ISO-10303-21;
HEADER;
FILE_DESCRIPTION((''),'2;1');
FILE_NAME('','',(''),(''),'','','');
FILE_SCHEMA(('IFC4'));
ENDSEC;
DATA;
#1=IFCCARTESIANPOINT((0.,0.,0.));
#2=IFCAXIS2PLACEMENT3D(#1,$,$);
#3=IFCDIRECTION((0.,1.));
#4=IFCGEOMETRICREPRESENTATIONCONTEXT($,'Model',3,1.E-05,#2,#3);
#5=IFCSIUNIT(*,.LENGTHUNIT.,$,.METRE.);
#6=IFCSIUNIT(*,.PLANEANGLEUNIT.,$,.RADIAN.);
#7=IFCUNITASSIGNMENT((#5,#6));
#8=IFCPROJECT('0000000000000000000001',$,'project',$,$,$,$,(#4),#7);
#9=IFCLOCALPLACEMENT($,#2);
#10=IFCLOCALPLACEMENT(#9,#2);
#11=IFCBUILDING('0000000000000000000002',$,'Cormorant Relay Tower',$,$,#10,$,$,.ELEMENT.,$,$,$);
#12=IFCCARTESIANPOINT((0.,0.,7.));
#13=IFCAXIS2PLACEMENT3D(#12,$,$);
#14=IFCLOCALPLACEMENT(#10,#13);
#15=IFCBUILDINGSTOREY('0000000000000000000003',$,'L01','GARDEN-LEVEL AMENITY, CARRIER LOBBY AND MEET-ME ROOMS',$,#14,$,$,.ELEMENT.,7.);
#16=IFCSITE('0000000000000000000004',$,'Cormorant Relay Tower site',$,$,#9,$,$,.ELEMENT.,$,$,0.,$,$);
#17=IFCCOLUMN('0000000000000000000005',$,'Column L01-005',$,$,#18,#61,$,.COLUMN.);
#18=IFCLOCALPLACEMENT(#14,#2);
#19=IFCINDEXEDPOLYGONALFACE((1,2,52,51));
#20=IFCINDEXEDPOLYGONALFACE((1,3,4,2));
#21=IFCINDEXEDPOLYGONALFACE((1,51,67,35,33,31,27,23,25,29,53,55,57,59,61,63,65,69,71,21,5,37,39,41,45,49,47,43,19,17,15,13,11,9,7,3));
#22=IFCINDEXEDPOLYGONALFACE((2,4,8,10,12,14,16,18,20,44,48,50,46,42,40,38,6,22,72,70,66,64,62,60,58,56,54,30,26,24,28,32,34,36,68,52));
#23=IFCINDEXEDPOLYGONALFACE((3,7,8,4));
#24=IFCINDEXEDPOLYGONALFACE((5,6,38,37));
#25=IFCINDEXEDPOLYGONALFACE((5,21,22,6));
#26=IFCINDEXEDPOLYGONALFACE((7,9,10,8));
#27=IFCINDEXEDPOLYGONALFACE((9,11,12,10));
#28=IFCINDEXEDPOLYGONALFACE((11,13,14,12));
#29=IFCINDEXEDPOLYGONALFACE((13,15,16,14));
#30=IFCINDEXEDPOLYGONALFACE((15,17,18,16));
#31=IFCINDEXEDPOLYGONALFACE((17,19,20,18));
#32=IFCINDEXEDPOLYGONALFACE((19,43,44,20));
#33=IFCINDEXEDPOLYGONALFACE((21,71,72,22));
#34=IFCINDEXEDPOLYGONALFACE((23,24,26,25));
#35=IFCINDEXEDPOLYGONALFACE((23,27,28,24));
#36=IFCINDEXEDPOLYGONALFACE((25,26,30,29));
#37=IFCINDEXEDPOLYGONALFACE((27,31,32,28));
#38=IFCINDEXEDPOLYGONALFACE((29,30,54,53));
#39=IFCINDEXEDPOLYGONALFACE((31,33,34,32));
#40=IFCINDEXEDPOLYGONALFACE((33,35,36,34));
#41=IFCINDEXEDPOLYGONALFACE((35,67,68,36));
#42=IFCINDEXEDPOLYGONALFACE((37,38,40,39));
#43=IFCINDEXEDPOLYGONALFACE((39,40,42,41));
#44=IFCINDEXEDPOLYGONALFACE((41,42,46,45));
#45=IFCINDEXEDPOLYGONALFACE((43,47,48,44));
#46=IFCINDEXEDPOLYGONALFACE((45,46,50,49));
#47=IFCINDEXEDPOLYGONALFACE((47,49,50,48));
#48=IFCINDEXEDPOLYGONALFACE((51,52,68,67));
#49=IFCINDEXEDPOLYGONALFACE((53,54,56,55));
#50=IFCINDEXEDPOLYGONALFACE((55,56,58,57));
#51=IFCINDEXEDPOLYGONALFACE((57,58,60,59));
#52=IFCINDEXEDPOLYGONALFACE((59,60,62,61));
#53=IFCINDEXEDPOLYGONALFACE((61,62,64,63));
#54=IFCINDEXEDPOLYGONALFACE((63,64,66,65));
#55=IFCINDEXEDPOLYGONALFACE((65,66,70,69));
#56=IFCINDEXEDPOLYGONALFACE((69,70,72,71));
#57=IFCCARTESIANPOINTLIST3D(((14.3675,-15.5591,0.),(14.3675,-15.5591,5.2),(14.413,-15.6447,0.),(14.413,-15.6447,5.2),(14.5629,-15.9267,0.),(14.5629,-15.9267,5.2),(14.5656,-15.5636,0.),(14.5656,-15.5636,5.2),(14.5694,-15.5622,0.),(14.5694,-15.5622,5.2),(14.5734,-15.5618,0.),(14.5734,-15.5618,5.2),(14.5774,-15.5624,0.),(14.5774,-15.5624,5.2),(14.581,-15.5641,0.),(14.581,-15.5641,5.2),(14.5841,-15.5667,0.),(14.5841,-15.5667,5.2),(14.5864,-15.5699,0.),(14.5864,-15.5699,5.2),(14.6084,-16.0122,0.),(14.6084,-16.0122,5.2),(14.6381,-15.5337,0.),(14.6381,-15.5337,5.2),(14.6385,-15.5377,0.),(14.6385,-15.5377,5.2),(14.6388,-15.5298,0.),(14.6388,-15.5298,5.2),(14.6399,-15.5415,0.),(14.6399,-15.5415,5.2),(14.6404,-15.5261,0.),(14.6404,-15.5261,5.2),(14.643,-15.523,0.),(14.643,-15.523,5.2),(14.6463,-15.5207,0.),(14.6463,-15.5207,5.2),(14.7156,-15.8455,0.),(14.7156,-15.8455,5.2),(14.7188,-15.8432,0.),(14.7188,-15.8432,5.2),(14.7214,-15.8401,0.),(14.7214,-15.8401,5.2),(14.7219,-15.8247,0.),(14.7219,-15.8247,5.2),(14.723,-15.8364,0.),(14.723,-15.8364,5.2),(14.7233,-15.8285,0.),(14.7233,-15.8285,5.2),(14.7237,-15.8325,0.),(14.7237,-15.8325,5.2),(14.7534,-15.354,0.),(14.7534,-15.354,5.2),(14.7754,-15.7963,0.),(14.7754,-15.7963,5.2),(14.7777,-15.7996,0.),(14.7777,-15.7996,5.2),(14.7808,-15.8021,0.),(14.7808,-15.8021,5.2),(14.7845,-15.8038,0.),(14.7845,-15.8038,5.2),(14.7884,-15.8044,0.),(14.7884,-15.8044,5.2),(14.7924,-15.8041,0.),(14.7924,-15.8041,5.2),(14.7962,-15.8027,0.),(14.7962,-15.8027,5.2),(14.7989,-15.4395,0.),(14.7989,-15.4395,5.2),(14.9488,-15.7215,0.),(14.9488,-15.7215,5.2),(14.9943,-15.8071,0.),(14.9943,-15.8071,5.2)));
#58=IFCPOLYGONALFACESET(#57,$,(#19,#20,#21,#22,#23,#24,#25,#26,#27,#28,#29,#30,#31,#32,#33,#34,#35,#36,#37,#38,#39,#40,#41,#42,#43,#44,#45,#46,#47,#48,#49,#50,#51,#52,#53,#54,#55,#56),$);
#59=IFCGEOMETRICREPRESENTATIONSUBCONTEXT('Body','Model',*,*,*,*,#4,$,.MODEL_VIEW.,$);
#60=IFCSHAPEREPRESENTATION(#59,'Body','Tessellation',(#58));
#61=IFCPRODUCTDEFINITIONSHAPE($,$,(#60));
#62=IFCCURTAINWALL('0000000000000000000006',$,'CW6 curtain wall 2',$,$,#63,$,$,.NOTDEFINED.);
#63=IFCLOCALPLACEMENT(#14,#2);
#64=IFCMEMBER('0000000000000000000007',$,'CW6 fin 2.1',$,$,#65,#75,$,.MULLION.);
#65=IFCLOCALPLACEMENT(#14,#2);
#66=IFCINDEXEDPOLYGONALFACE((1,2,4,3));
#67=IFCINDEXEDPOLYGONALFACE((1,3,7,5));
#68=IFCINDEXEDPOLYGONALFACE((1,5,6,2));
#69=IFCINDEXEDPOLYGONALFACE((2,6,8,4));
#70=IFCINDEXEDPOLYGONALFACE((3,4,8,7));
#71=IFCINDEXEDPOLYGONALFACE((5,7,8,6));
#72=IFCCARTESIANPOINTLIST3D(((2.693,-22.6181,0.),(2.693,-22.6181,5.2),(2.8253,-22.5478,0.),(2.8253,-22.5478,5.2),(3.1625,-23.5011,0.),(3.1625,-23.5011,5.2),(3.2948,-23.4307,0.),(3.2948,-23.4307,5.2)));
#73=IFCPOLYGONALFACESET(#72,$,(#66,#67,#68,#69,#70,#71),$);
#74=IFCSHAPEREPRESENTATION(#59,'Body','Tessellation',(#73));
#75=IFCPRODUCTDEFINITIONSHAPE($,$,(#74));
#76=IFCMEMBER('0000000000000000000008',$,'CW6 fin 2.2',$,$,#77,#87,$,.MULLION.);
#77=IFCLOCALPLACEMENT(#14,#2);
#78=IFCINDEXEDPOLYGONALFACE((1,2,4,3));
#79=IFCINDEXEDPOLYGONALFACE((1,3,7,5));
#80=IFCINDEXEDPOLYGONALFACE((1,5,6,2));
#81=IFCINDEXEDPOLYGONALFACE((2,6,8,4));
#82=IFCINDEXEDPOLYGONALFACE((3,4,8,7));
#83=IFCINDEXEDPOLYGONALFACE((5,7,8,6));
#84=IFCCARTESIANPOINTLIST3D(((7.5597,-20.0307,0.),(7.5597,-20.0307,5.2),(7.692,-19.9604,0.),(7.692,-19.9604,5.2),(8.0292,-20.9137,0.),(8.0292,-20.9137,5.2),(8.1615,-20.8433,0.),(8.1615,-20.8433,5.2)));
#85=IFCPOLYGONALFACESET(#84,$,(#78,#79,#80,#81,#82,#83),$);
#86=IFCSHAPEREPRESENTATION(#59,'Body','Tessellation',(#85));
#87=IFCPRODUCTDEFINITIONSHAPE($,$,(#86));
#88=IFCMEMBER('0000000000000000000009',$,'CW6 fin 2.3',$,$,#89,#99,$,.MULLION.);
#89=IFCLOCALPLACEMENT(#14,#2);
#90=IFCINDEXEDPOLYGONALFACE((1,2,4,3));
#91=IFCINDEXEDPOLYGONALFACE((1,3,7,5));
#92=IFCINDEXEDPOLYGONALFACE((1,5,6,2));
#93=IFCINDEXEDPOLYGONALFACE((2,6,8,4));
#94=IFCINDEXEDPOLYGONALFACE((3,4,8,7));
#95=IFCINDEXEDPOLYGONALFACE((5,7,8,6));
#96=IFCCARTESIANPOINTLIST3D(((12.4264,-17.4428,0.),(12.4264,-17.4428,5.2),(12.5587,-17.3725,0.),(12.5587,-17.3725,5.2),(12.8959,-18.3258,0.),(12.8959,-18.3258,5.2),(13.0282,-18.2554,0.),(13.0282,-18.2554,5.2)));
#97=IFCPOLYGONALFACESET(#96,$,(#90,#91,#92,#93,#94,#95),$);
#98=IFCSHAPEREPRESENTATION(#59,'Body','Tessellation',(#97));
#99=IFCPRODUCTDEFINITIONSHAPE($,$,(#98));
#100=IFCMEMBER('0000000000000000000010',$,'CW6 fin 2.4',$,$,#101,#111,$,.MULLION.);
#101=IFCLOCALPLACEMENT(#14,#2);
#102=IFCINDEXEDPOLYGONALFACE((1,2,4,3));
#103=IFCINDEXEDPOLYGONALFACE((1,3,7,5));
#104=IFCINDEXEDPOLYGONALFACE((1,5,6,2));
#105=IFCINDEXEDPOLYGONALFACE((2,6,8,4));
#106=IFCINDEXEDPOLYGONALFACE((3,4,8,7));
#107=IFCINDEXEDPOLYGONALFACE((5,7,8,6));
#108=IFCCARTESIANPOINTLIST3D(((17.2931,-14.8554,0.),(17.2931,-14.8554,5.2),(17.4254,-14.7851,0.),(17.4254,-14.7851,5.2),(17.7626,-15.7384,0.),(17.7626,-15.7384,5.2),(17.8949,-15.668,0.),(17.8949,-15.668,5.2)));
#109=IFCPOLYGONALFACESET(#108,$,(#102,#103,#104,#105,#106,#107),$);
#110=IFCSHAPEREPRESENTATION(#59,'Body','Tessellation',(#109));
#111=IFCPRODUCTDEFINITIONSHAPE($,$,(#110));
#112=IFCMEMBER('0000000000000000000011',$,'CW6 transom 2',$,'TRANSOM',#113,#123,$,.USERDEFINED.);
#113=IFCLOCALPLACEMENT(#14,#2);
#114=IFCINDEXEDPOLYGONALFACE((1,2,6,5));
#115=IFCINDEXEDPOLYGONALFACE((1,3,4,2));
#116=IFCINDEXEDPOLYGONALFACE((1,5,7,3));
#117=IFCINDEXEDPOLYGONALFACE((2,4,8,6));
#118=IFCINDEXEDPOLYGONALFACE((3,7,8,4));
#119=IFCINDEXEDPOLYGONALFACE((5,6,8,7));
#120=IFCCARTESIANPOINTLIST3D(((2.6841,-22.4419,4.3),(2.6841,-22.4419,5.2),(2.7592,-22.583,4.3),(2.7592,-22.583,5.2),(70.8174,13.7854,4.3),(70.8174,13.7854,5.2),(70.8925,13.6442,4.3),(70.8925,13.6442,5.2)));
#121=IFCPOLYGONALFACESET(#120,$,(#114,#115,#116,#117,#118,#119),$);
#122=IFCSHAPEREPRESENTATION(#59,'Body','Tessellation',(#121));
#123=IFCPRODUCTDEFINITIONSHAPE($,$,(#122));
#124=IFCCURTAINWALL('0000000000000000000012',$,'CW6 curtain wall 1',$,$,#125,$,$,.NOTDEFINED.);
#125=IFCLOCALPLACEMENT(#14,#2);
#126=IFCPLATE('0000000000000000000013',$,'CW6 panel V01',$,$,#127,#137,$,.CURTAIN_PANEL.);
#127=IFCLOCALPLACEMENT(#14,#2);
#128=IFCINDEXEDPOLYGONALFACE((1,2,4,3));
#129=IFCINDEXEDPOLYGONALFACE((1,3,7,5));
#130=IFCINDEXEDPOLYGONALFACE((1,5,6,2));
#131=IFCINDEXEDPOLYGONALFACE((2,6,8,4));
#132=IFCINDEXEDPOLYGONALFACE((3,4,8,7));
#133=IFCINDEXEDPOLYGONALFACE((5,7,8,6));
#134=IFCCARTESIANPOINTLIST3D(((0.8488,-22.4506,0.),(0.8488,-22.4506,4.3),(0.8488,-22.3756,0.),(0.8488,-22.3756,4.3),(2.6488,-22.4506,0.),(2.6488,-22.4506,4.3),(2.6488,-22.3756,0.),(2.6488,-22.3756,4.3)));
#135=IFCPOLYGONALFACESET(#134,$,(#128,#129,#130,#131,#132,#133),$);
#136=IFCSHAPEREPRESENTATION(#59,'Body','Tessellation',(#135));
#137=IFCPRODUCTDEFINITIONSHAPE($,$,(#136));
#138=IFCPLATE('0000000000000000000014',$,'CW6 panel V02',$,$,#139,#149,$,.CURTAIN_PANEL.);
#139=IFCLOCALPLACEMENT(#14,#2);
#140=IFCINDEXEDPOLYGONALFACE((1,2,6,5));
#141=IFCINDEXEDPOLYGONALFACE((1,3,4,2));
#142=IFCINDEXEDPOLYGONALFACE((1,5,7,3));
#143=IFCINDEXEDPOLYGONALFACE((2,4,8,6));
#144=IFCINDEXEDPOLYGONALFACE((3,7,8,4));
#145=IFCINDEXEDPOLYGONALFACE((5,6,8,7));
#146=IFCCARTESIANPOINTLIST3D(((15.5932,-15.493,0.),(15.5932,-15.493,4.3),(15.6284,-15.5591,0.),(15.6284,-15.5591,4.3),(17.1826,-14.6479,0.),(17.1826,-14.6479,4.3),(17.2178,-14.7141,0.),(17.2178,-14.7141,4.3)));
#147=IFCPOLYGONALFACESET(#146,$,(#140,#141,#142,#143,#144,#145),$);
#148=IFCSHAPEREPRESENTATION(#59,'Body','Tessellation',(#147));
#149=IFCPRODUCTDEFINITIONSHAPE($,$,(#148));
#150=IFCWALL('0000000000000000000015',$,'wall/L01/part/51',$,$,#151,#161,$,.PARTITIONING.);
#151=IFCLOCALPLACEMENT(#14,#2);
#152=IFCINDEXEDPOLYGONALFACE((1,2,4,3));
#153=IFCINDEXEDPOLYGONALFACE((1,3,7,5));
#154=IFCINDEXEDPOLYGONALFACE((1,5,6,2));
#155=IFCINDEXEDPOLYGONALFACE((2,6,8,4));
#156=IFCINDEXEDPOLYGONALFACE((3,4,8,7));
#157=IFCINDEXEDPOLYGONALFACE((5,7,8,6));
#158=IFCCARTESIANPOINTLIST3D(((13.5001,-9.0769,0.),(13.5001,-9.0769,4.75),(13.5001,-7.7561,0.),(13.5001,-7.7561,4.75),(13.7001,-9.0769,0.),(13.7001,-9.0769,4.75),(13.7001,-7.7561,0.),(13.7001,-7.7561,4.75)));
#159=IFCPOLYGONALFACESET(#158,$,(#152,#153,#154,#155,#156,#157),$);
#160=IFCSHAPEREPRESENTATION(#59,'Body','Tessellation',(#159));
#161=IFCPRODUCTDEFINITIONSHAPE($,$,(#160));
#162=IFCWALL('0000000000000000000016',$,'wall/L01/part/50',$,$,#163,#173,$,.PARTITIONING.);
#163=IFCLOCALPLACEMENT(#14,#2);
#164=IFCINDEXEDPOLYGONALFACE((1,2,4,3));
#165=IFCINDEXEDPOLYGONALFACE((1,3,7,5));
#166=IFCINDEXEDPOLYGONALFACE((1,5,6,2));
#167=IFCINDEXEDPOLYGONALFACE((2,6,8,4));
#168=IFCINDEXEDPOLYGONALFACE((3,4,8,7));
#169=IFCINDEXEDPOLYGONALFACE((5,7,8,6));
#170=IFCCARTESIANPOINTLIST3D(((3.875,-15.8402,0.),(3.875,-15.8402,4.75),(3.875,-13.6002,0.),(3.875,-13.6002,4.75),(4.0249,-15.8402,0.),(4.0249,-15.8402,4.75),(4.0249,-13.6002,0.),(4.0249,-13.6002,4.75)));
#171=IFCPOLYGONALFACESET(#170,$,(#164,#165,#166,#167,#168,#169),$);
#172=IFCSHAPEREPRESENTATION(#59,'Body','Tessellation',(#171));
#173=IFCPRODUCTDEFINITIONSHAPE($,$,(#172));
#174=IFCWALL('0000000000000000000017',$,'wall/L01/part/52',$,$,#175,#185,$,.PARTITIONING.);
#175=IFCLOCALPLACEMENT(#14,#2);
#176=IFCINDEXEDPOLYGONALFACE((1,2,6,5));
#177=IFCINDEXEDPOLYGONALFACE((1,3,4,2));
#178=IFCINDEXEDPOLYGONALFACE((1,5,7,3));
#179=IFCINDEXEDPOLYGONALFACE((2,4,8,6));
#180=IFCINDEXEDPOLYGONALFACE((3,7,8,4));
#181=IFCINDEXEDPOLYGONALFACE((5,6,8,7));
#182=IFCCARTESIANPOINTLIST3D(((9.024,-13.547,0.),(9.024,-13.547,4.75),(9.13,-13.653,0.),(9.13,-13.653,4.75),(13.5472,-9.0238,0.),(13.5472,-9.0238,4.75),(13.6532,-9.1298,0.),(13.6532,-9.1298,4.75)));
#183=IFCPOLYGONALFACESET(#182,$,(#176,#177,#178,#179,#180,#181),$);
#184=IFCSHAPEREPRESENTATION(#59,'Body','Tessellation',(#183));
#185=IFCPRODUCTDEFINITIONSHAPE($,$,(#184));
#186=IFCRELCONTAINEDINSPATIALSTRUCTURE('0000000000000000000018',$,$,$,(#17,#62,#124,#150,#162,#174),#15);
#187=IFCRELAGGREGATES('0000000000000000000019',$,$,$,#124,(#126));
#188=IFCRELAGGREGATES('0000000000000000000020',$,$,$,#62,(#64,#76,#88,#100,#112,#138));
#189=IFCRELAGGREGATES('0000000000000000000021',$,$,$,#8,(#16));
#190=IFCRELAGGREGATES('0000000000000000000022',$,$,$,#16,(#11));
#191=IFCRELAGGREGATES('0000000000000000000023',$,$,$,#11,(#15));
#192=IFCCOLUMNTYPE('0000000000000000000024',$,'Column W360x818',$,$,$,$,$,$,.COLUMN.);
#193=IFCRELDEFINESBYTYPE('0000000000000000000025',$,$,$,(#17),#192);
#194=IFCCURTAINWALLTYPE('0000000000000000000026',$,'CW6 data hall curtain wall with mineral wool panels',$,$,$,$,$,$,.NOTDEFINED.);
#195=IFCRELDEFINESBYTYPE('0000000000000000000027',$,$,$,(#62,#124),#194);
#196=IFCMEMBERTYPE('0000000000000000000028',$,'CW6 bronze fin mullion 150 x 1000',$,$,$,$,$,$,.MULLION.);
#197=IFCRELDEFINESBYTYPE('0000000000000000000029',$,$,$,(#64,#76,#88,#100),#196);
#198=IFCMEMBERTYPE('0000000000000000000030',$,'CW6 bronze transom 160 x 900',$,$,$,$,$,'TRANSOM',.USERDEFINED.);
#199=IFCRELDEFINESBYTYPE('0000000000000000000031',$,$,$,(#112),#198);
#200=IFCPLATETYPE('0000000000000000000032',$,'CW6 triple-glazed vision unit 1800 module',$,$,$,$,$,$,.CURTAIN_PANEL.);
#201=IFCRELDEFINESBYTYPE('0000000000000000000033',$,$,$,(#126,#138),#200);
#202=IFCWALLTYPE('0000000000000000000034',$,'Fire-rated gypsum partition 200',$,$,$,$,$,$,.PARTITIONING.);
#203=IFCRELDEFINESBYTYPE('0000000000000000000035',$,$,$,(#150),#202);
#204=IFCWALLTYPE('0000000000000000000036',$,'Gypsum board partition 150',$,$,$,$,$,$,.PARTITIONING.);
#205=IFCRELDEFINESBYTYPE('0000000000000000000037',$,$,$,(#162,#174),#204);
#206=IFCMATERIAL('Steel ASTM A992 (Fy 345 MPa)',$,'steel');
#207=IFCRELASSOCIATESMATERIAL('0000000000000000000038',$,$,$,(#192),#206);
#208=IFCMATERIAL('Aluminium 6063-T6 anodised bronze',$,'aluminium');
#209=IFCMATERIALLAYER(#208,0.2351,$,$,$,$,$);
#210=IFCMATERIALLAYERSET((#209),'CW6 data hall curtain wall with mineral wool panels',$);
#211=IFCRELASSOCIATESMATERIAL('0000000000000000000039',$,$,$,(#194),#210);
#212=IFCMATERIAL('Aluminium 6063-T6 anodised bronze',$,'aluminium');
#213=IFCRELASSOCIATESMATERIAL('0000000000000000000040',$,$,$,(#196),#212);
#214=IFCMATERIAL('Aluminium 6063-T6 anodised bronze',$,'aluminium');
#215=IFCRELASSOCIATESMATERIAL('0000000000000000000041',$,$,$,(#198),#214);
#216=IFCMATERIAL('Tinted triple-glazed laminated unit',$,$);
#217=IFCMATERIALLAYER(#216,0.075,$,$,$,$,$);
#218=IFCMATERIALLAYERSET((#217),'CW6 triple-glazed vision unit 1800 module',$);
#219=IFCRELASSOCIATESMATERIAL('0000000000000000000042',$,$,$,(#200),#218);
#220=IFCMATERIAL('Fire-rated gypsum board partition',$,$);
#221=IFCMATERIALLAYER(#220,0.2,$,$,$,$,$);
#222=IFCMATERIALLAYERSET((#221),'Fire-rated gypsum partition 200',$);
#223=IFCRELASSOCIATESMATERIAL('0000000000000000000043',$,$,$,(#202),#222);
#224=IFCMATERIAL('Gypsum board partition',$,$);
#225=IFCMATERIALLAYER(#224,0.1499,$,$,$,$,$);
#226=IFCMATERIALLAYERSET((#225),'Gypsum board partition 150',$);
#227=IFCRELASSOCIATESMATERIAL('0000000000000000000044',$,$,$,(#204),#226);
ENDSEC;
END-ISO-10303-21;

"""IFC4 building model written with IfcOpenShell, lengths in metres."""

from ifc_helpers import new_model, si_unit, direction, frame, frame_2d, origin, origin_2d, place, context, subcontext, project, spatial, rectangle, i_section, extrude, material, layer, layer_set, material_profile, profile_set, type_object, element, aggregate, save


model = new_model("IFC4")

# Units and contexts
model_context = context("Model", 3, precision=1e-05, world=origin(), true_north=direction((0.0, 1.0)))
body_context = subcontext(model_context, "Body", "Model", "MODEL_VIEW")
ifc_project = project(units=[si_unit("LENGTHUNIT", "METRE"), si_unit("PLANEANGLEUNIT", "RADIAN")], contexts=[model_context])

# Site, building, storey
site_placement = place(None, origin())
site = spatial("IfcSite", under=ifc_project, at=site_placement, Name="Cormorant Relay Tower site", CompositionType="ELEMENT", RefElevation=0.0)
building_placement = place(site_placement, origin())
building = spatial("IfcBuilding", under=site, at=building_placement, Name="Cormorant Relay Tower", CompositionType="ELEMENT")
storey_placement = place(building_placement, frame((0.0, 0.0, 7.0)))
storey = spatial("IfcBuildingStorey", under=building, at=storey_placement, Name="L01", Description="GARDEN-LEVEL AMENITY, CARRIER LOBBY AND MEET-ME ROOMS", CompositionType="ELEMENT", Elevation=7.0)

# Column
ifc_material_1 = material(Name="Steel ASTM A992 (Fy 345 MPa)", Category="steel")
ifc_material_profile_1 = material_profile(ifc_material_1, i_section(OverallWidth=0.437, OverallDepth=0.5132, WebThickness=0.0605, FlangeThickness=0.0969, FilletRadius=0.0154, at=origin_2d()), Name="W360x818")
ifc_profile_set_1 = profile_set([ifc_material_profile_1], Name="Steel ASTM A992 (Fy 345 MPa)")
column_type_1 = type_object("IfcColumnType", Name="Column W360x818", PredefinedType="COLUMN", material=ifc_profile_set_1)
for number, where, z_axis, x_axis, name in (
    (1, (14.6809, -15.6831, 0.0), (0.0, 0.0, 1.0), (0.882948, 0.469472, 0.0), "Column L01-005"),
):
    element("IfcColumn", number, at=place(storey_placement, frame(where, z_axis=z_axis, x_axis=x_axis)), inside=storey, type_object=column_type_1, Name=name, PredefinedType="COLUMN", context=body_context, shape_type="SweptSolid", body=[
        extrude(i_section(OverallWidth=0.437, OverallDepth=0.5132, WebThickness=0.0605, FlangeThickness=0.0969, FilletRadius=0.0154, at=origin_2d()), origin(), (0.0, 0.0, 1.0), 5.2),
    ])

# Curtain wall, members
ifc_material_2 = material(Name="Aluminium 6063-T6 anodised bronze", Category="aluminium")
ifc_layer_1 = layer(ifc_material_2, 0.2351)
ifc_layer_set_1 = layer_set([ifc_layer_1], Name="CW6 data hall curtain wall with mineral wool panels")
curtain_wall_type = type_object("IfcCurtainWallType", Name="CW6 data hall curtain wall with mineral wool panels", PredefinedType="NOTDEFINED", material=ifc_layer_set_1)
curtain_wall_1_placement = place(storey_placement, origin())
curtain_wall_1 = element("IfcCurtainWall", 2, at=curtain_wall_1_placement, inside=storey, type_object=curtain_wall_type, Name="CW6 curtain wall 2", PredefinedType="NOTDEFINED")
ifc_material_3 = material(Name="Aluminium 6063-T6 anodised bronze", Category="aluminium")
ifc_material_profile_2 = material_profile(ifc_material_3, rectangle(XDim=0.1499, YDim=1.0, at=origin_2d()), Name="AL 150x1000")
ifc_profile_set_2 = profile_set([ifc_material_profile_2], Name="Aluminium 6063-T6 anodised bronze")
member_type_1 = type_object("IfcMemberType", Name="CW6 bronze fin mullion 150 x 1000", PredefinedType="MULLION", material=ifc_profile_set_2)
member_1_placement = place(storey_placement, frame((2.9939, -23.0244, 0.0), z_axis=(0.0, 0.0, 1.0), x_axis=(0.882948, 0.469472, 0.0)))
member_1 = element("IfcMember", 3, at=member_1_placement, type_object=member_type_1, Name="CW6 fin 2.1", PredefinedType="MULLION", context=body_context, shape_type="SweptSolid", body=[
    extrude(rectangle(XDim=0.1499, YDim=1.0, at=origin_2d()), origin(), (0.0, 0.0, 1.0), 5.2),
])
member_2_placement = place(storey_placement, frame((7.8606, -20.437, 0.0), z_axis=(0.0, 0.0, 1.0), x_axis=(0.882948, 0.469472, 0.0)))
member_2 = element("IfcMember", 4, at=member_2_placement, type_object=member_type_1, Name="CW6 fin 2.2", PredefinedType="MULLION", context=body_context, shape_type="SweptSolid", body=[
    extrude(rectangle(XDim=0.1499, YDim=1.0, at=origin_2d()), origin(), (0.0, 0.0, 1.0), 5.2),
])
member_3_placement = place(storey_placement, frame((12.7273, -17.8491, 0.0), z_axis=(0.0, 0.0, 1.0), x_axis=(0.882948, 0.469472, 0.0)))
member_3 = element("IfcMember", 5, at=member_3_placement, type_object=member_type_1, Name="CW6 fin 2.3", PredefinedType="MULLION", context=body_context, shape_type="SweptSolid", body=[
    extrude(rectangle(XDim=0.1499, YDim=1.0, at=origin_2d()), origin(), (0.0, 0.0, 1.0), 5.2),
])
member_4_placement = place(storey_placement, frame((17.594, -15.2617, 0.0), z_axis=(0.0, 0.0, 1.0), x_axis=(0.882948, 0.469472, 0.0)))
member_4 = element("IfcMember", 6, at=member_4_placement, type_object=member_type_1, Name="CW6 fin 2.4", PredefinedType="MULLION", context=body_context, shape_type="SweptSolid", body=[
    extrude(rectangle(XDim=0.1499, YDim=1.0, at=origin_2d()), origin(), (0.0, 0.0, 1.0), 5.2),
])
ifc_material_4 = material(Name="Aluminium 6063-T6 anodised bronze", Category="aluminium")
ifc_material_profile_3 = material_profile(ifc_material_4, rectangle(XDim=0.1599, YDim=0.8999, at=origin_2d()), Name="AL 160x900")
ifc_profile_set_3 = profile_set([ifc_material_profile_3], Name="Aluminium 6063-T6 anodised bronze")
member_type_2 = type_object("IfcMemberType", Name="CW6 bronze transom 160 x 900", ElementType="TRANSOM", PredefinedType="USERDEFINED", material=ifc_profile_set_3)
member_5_placement = place(storey_placement, frame((2.7217, -22.5125, 4.75), z_axis=(0.882947, 0.469473, 0.0), x_axis=(-0.469473, 0.882947, 0.0)))
member_5 = element("IfcMember", 7, at=member_5_placement, type_object=member_type_2, Name="CW6 transom 2", ObjectType="TRANSOM", PredefinedType="USERDEFINED", context=body_context, shape_type="SweptSolid", body=[
    extrude(rectangle(XDim=0.1599, YDim=0.8999, at=origin_2d()), origin(), (0.0, 0.0, 1.0), 77.1658),
])

# Curtain wall, plate
curtain_wall_2_placement = place(storey_placement, origin())
curtain_wall_2 = element("IfcCurtainWall", 8, at=curtain_wall_2_placement, inside=storey, type_object=curtain_wall_type, Name="CW6 curtain wall 1", PredefinedType="NOTDEFINED")
ifc_material_5 = material(Name="Tinted triple-glazed laminated unit")
ifc_layer_2 = layer(ifc_material_5, 0.075)
ifc_layer_set_2 = layer_set([ifc_layer_2], Name="CW6 triple-glazed vision unit 1800 module")
plate_type = type_object("IfcPlateType", Name="CW6 triple-glazed vision unit 1800 module", PredefinedType="CURTAIN_PANEL", material=ifc_layer_set_2)
plate_1_placement = place(storey_placement, frame((1.7488, -22.4131, 0.0), z_axis=(0.0, 0.0, 1.0), x_axis=(1.0, 0.0, 0.0)))
plate_1 = element("IfcPlate", 9, at=plate_1_placement, type_object=plate_type, Name="CW6 panel V01", PredefinedType="CURTAIN_PANEL", context=body_context, shape_type="SweptSolid", body=[
    extrude(rectangle(XDim=1.8, YDim=0.075, at=origin_2d()), origin(), (0.0, 0.0, 1.0), 4.3),
])
aggregate(curtain_wall_2, [plate_1])

# Plate
plate_2_placement = place(storey_placement, frame((16.4055, -15.1035, 0.0), z_axis=(0.0, 0.0, 1.0), x_axis=(0.882948, 0.469472, 0.0)))
plate_2 = element("IfcPlate", 10, at=plate_2_placement, type_object=plate_type, Name="CW6 panel V02", PredefinedType="CURTAIN_PANEL", context=body_context, shape_type="SweptSolid", body=[
    extrude(rectangle(XDim=1.8, YDim=0.075, at=origin_2d()), origin(), (0.0, 0.0, 1.0), 4.3),
])

# Wall
ifc_material_6 = material(Name="Fire-rated gypsum board partition")
ifc_layer_3 = layer(ifc_material_6, 0.2)
ifc_layer_set_3 = layer_set([ifc_layer_3], Name="Fire-rated gypsum partition 200")
wall_type_1 = type_object("IfcWallType", Name="Fire-rated gypsum partition 200", PredefinedType="PARTITIONING", material=ifc_layer_set_3)
wall_1_placement = place(storey_placement, frame((13.6001, -7.7561, 0.0), z_axis=(0.0, 0.0, 1.0), x_axis=(0.0, -1.0, 0.0)))
element("IfcWall", 11, at=wall_1_placement, inside=storey, type_object=wall_type_1, Name="wall/L01/part/51", PredefinedType="PARTITIONING", context=body_context, shape_type="SweptSolid", body=[
    extrude(rectangle(XDim=1.3208, YDim=0.2, at=frame_2d((0.6604, 0.0))), origin(), (0.0, 0.0, 1.0), 4.75),
])

# Walls
ifc_material_7 = material(Name="Gypsum board partition")
ifc_layer_4 = layer(ifc_material_7, 0.1499)
ifc_layer_set_4 = layer_set([ifc_layer_4], Name="Gypsum board partition 150")
wall_type_2 = type_object("IfcWallType", Name="Gypsum board partition 150", PredefinedType="PARTITIONING", material=ifc_layer_set_4)
wall_2_placement = place(storey_placement, frame((3.95, -13.6001, 0.0), z_axis=(0.0, 0.0, 1.0), x_axis=(0.0, -1.0, 0.0)))
element("IfcWall", 12, at=wall_2_placement, inside=storey, type_object=wall_type_2, Name="wall/L01/part/50", PredefinedType="PARTITIONING", context=body_context, shape_type="SweptSolid", body=[
    extrude(rectangle(XDim=2.24, YDim=0.1499, at=frame_2d((1.1201, 0.0))), origin(), (0.0, 0.0, 1.0), 4.75),
])
wall_3_placement = place(storey_placement, frame((13.6001, -9.0769, 0.0), z_axis=(0.0, 0.0, 1.0), x_axis=(-0.707107, -0.707107, 0.0)))
element("IfcWall", 13, at=wall_3_placement, inside=storey, type_object=wall_type_2, Name="wall/L01/part/52", PredefinedType="PARTITIONING", context=body_context, shape_type="SweptSolid", body=[
    extrude(rectangle(XDim=6.3967, YDim=0.1499, at=frame_2d((3.1982, 0.0))), origin(), (0.0, 0.0, 1.0), 4.75),
])

aggregate(curtain_wall_1, [member_1, member_2, member_3, member_4, member_5, plate_2])

save(model, "model.ifc")
